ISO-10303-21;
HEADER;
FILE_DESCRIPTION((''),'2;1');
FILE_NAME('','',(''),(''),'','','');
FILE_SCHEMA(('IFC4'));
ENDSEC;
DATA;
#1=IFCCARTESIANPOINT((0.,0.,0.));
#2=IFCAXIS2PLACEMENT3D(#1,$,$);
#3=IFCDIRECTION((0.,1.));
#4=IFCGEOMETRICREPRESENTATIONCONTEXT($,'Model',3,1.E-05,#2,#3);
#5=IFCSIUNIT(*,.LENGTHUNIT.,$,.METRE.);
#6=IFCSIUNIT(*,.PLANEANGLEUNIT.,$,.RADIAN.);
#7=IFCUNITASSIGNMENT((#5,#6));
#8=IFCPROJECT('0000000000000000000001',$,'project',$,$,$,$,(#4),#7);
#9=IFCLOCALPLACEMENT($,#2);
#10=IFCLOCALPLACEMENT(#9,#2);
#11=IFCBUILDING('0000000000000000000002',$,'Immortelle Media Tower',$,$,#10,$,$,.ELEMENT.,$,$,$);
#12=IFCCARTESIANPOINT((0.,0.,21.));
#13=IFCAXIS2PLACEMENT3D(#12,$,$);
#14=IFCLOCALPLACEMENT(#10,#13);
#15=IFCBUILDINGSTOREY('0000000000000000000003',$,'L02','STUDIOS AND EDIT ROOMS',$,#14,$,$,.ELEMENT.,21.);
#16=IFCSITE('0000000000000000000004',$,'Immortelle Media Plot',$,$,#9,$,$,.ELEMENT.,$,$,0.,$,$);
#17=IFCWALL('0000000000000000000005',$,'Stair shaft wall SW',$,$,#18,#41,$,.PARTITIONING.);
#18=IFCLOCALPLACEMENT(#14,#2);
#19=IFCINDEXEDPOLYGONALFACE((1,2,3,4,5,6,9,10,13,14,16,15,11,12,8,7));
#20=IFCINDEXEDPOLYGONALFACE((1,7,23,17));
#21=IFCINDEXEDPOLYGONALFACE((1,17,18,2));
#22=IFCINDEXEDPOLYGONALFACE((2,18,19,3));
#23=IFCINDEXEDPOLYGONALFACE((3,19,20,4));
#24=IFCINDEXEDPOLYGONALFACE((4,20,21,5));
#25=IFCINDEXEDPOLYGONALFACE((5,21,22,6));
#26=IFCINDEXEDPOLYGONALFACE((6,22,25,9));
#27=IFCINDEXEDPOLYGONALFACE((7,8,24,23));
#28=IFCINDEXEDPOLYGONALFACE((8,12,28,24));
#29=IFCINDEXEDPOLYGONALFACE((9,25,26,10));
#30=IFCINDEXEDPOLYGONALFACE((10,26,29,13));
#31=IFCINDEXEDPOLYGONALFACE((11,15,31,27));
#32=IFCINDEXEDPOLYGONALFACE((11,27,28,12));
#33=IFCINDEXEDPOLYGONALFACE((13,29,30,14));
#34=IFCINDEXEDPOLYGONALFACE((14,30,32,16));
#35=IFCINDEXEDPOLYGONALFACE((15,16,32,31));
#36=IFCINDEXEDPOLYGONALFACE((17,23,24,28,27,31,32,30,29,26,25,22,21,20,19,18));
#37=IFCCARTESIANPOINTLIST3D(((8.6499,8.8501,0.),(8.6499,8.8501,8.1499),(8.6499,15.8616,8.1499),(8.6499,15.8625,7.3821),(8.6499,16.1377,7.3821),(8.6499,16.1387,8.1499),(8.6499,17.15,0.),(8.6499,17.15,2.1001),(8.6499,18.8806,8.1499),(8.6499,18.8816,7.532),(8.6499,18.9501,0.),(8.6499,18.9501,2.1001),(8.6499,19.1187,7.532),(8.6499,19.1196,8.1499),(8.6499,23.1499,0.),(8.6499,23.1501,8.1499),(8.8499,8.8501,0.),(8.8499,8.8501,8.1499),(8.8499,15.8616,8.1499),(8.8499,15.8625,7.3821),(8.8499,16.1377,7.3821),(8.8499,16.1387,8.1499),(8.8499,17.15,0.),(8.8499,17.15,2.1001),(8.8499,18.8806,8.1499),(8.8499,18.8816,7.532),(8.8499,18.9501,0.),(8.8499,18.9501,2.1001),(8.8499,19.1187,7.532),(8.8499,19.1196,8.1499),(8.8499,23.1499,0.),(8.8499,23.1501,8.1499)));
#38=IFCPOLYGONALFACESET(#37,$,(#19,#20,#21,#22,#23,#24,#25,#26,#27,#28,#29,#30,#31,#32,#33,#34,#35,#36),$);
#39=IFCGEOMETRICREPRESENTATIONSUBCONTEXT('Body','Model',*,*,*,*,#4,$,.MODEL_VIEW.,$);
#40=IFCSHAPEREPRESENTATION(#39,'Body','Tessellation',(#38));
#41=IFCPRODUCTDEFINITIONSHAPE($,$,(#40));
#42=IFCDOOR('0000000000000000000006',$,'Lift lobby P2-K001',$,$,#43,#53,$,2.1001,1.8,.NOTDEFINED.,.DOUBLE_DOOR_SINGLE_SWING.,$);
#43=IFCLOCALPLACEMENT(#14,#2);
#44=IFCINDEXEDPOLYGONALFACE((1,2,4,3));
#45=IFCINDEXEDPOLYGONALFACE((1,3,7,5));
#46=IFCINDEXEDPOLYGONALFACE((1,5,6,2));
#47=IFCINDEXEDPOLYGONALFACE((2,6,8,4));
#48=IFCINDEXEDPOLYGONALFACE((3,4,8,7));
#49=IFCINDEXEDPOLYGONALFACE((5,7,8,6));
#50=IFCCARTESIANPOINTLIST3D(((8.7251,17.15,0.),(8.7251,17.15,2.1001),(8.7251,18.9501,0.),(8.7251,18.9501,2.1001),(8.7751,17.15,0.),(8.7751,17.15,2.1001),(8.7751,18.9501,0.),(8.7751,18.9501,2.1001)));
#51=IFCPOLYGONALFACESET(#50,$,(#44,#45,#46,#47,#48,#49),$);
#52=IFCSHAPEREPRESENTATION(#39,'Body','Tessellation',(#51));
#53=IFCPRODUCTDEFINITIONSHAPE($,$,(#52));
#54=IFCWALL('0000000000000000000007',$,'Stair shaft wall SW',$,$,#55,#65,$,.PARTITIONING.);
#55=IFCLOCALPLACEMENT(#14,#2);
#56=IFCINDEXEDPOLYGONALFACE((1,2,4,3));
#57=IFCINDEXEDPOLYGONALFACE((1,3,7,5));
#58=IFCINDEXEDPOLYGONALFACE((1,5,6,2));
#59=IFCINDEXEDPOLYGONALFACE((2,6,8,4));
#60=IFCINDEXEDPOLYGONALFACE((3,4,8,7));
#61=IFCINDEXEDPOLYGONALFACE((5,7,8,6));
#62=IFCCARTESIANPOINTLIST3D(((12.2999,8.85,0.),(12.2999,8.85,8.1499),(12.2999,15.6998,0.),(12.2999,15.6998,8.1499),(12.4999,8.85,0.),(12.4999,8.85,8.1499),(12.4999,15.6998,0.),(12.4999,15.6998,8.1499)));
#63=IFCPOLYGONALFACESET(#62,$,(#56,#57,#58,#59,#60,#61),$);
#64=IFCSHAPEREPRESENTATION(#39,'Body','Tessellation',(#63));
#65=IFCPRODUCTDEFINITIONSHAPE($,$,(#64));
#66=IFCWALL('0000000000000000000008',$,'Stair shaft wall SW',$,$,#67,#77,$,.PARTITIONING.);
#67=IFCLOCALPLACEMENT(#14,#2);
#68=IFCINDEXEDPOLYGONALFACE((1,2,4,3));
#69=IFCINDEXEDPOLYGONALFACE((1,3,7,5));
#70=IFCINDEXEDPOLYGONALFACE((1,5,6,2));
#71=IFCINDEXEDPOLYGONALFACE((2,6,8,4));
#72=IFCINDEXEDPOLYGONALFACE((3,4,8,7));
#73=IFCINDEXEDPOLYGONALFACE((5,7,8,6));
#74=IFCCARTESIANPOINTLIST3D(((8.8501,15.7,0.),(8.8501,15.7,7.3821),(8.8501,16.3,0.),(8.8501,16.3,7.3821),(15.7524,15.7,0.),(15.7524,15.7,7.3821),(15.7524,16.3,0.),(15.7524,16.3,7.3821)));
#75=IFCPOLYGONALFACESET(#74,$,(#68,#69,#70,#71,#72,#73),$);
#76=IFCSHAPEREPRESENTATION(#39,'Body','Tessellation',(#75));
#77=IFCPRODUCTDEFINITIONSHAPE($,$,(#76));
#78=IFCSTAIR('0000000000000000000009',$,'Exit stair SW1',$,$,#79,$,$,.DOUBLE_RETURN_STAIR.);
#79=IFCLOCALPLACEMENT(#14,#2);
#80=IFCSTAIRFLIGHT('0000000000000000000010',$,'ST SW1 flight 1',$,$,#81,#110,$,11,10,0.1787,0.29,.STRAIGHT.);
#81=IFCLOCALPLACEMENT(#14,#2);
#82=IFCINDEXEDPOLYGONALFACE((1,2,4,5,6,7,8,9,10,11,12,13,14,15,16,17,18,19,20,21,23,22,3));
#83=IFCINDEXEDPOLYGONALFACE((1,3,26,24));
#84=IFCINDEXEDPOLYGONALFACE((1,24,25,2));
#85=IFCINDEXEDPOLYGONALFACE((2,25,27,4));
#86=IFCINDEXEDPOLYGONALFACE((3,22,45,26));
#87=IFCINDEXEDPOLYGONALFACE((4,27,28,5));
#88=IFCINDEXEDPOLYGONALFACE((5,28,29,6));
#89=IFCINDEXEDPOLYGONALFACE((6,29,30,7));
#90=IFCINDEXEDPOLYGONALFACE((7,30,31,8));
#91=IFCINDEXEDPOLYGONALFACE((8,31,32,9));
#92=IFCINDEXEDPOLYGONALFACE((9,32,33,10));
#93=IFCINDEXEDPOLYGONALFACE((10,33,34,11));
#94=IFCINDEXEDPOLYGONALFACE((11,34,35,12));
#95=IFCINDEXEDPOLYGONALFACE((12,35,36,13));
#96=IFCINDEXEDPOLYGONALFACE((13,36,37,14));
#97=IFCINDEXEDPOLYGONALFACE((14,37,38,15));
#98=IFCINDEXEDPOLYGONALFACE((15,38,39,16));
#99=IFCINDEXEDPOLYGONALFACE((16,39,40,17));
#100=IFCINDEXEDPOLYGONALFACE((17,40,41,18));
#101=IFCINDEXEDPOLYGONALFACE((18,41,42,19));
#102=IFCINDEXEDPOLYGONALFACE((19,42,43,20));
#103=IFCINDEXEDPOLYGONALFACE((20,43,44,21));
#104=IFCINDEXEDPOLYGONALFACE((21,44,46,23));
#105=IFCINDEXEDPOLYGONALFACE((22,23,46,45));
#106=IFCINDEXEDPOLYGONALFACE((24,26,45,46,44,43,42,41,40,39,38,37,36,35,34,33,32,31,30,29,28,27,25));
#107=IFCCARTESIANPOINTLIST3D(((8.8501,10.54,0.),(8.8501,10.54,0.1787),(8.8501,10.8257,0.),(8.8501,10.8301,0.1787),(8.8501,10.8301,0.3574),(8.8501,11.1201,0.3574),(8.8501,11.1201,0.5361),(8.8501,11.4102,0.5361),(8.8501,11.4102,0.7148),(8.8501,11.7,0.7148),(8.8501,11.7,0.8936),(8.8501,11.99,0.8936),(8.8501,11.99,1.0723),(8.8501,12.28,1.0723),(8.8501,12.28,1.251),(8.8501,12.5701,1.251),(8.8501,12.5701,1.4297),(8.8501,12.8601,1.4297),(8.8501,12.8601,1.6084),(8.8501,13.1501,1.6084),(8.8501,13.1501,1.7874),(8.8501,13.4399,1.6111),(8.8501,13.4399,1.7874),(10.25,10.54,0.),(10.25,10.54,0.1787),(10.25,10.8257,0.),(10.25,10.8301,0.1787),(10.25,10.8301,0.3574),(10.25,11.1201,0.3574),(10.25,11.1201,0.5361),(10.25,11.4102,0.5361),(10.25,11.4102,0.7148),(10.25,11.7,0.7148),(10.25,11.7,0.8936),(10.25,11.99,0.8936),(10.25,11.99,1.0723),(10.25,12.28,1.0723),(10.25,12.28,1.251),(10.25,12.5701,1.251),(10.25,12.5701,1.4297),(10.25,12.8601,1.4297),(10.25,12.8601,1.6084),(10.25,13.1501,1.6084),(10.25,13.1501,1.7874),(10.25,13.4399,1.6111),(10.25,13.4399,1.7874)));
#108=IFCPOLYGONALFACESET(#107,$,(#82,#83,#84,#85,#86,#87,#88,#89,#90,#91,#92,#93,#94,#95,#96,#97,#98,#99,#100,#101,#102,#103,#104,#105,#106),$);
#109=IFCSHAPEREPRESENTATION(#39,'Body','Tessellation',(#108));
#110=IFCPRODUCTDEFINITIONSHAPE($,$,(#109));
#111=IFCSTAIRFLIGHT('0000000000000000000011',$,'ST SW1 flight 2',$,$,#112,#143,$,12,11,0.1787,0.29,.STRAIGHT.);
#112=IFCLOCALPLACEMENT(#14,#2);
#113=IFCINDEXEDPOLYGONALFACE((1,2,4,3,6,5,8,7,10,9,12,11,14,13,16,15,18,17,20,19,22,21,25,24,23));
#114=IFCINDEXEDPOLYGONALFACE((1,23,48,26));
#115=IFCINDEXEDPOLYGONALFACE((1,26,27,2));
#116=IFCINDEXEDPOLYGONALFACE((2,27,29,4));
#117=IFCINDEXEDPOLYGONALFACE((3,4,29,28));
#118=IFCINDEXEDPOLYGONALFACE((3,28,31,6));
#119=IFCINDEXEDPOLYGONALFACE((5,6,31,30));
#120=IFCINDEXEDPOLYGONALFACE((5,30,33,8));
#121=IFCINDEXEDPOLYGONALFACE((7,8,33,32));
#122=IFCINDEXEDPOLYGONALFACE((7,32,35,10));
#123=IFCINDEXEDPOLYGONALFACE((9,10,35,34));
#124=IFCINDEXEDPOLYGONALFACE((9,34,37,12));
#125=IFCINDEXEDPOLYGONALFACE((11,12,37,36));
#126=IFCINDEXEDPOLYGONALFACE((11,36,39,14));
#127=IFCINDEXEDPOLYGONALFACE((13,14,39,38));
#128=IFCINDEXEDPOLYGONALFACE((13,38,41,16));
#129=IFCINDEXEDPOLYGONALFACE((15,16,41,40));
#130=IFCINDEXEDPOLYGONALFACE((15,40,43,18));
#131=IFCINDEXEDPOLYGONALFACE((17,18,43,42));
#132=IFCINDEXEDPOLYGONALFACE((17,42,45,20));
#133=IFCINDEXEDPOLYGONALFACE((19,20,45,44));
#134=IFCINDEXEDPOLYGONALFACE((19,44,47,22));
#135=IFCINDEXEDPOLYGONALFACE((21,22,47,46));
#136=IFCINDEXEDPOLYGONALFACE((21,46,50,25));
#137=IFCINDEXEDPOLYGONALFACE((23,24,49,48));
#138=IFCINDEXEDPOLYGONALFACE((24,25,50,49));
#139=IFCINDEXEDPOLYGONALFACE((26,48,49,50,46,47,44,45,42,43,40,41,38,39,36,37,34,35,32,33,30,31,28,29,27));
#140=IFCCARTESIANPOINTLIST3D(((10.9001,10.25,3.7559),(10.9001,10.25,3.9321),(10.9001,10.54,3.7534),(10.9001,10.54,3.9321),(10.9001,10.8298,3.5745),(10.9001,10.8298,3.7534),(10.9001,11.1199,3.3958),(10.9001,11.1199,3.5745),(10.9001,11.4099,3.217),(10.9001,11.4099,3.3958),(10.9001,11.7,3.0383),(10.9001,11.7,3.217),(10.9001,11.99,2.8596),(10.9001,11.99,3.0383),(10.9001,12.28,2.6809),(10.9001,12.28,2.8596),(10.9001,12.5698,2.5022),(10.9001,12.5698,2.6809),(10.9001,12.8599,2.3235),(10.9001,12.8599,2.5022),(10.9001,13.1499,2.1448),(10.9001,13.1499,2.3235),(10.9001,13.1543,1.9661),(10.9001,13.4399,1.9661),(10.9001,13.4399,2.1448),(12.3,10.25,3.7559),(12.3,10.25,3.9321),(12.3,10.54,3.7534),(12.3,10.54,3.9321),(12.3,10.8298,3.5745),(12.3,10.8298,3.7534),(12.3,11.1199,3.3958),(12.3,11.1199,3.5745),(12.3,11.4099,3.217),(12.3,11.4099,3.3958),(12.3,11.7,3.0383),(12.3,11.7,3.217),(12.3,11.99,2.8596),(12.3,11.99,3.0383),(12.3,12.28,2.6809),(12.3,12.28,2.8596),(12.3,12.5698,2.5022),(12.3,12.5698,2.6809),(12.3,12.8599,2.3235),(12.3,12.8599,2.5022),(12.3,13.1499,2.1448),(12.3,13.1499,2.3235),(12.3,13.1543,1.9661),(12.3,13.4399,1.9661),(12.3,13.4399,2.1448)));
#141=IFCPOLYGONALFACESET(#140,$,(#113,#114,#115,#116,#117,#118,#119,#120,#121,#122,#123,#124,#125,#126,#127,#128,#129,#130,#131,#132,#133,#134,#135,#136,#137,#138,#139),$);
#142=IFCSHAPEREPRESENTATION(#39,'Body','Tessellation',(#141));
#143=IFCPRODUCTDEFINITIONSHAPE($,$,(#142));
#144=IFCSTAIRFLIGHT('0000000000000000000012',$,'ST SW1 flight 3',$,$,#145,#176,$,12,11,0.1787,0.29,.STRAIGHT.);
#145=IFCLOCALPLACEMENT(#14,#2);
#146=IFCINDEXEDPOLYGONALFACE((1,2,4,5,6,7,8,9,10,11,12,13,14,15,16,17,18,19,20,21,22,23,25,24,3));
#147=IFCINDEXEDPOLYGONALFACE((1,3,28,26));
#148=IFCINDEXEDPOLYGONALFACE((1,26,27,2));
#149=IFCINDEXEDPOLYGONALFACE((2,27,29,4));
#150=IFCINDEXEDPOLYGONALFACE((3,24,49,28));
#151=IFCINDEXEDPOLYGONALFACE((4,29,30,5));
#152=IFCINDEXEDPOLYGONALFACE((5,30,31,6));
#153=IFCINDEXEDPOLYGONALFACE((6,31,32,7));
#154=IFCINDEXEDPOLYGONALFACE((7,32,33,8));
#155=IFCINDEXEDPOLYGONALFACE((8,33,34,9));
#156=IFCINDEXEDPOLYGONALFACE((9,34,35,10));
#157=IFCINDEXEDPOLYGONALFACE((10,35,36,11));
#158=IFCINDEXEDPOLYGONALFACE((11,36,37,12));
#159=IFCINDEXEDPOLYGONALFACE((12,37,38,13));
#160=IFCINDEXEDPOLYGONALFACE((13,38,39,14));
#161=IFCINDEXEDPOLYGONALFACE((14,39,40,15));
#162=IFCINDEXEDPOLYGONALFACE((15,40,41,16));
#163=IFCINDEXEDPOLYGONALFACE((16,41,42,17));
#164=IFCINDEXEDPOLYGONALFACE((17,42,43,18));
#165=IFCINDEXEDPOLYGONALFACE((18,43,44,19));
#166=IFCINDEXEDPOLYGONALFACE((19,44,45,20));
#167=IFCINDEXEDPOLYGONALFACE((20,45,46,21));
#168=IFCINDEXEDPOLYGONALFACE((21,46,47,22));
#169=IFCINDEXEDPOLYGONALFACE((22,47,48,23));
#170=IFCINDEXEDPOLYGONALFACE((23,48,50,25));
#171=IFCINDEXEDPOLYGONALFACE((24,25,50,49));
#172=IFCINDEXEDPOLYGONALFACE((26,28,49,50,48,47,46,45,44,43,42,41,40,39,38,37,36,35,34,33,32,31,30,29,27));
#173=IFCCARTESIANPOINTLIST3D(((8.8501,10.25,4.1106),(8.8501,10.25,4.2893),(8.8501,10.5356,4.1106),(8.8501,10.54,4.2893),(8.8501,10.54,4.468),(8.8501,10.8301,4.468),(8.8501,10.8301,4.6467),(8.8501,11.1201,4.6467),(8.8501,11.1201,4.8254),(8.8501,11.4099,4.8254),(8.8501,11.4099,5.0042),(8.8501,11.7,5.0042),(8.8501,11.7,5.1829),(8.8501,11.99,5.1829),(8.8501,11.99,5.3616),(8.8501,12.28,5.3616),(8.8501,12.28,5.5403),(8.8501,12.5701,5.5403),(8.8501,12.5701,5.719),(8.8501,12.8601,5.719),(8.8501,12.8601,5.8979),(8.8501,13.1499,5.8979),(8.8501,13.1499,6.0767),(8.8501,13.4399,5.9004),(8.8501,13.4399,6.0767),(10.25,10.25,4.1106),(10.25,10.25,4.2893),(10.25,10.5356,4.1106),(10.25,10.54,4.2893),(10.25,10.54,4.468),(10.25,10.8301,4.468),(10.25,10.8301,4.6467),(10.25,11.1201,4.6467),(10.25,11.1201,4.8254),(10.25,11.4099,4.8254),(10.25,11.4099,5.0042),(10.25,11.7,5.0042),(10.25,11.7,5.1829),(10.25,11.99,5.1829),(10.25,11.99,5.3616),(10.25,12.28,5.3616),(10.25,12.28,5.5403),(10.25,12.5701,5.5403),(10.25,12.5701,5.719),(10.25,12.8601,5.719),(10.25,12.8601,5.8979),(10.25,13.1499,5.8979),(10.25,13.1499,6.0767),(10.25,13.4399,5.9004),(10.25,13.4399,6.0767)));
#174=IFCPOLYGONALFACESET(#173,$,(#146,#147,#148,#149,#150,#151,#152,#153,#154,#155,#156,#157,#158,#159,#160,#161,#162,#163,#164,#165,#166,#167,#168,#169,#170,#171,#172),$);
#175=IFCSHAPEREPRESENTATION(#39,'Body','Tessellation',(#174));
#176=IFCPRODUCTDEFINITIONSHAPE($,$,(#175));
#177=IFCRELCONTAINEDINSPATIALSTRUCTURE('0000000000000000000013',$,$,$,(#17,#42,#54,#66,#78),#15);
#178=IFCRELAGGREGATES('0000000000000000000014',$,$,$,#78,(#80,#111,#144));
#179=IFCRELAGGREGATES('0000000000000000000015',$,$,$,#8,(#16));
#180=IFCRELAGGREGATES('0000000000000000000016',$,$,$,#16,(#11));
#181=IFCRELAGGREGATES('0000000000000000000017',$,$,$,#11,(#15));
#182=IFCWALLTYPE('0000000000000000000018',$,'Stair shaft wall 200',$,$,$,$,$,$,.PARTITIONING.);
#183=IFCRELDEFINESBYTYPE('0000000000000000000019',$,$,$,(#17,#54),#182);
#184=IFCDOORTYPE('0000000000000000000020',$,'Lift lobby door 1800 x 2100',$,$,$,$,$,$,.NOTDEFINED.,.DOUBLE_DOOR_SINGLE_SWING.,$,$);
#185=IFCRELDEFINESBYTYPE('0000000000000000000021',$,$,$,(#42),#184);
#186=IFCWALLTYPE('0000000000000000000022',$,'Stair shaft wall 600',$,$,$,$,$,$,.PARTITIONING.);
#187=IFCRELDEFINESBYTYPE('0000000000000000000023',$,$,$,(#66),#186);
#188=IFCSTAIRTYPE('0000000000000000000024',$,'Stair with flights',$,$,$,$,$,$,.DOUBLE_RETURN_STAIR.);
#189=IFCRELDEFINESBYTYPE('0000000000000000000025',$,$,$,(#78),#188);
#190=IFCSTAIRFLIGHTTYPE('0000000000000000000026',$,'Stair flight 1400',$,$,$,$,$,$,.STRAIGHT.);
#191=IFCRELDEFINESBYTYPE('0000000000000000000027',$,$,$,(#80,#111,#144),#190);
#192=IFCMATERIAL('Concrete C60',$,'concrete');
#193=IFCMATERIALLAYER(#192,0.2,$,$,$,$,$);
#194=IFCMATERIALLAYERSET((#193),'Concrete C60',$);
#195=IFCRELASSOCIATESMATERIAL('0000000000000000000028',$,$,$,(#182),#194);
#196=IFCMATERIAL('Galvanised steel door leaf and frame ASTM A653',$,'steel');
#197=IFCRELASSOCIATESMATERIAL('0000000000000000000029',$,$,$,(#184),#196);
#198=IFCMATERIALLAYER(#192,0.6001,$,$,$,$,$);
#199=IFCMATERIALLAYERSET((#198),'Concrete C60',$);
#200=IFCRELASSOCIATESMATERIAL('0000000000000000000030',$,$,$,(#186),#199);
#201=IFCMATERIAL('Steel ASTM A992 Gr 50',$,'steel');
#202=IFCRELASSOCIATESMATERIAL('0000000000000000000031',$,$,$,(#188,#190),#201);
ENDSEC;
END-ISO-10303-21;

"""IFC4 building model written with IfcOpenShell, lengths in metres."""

from ifc_helpers import new_model, si_unit, direction, frame, frame_2d, origin, place, context, subcontext, project, spatial, polyline, rectangle, outline, extrude, material, layer, layer_set, type_object, element, fill, aggregate, save


model = new_model("IFC4")

# Units and contexts
model_context = context("Model", 3, precision=1e-05, world=origin(), true_north=direction((0.0, 1.0)))
body_context = subcontext(model_context, "Body", "Model", "MODEL_VIEW")
ifc_project = project(units=[si_unit("LENGTHUNIT", "METRE"), si_unit("PLANEANGLEUNIT", "RADIAN")], contexts=[model_context])

# Site, building, storey
site_placement = place(None, origin())
site = spatial("IfcSite", under=ifc_project, at=site_placement, Name="Immortelle Media Plot", CompositionType="ELEMENT", RefElevation=0.0)
building_placement = place(site_placement, origin())
building = spatial("IfcBuilding", under=site, at=building_placement, Name="Immortelle Media Tower", CompositionType="ELEMENT")
storey_placement = place(building_placement, frame((0.0, 0.0, 21.0)))
storey = spatial("IfcBuildingStorey", under=building, at=storey_placement, Name="L02", Description="STUDIOS AND EDIT ROOMS", CompositionType="ELEMENT", Elevation=21.0)

# Shared definitions
ifc_material_1 = material(Name="Steel ASTM A992 Gr 50", Category="steel")

# Shared definitions
ifc_material_2 = material(Name="Concrete C60", Category="concrete")
ifc_layer_1 = layer(ifc_material_2, 0.2)
ifc_layer_set_1 = layer_set([ifc_layer_1], Name="Concrete C60")
wall_type_1 = type_object("IfcWallType", Name="Stair shaft wall 200", PredefinedType="PARTITIONING", material=ifc_layer_set_1)
ifc_material_3 = material(Name="Galvanised steel door leaf and frame ASTM A653", Category="steel")

# Wall, opening, door
wall_1_placement = place(storey_placement, frame((8.75, 8.8501, 0.0), z_axis=(0.0, 0.0, 1.0), x_axis=(0.0, 1.0, 0.0)))
wall_1 = element("IfcWall", 1, at=wall_1_placement, inside=storey, type_object=wall_type_1, Name="Stair shaft wall SW", PredefinedType="PARTITIONING", context=body_context, shape_type="SweptSolid", body=[
    extrude(outline(polyline([(0.0, 0.0), (14.2998, 0.0), (14.3, 8.1499), (10.2695, 8.1499), (10.2686, 7.532), (10.0315, 7.532), (10.0305, 8.1499), (7.2886, 8.1499), (7.2876, 7.3821), (7.0125, 7.3821), (7.0115, 8.1499), (0.0, 8.1499), (0.0, 0.0)])), frame((0.0, 0.1001, 0.0), z_axis=(0.0, -1.0, 0.0), x_axis=(1.0, 0.0, 0.0)), (0.0, 0.0, 1.0), 0.2),
])
opening_1_placement = place(wall_1_placement, frame((8.3, 0.0, 0.0)))
opening_1 = element("IfcOpeningElement", 2, at=opening_1_placement, cuts=wall_1, PredefinedType="OPENING", context=body_context, shape_type="SweptSolid", body=[
    extrude(rectangle(XDim=1.8, YDim=2.1001, at=frame_2d((0.8999, 1.05))), frame((0.0, 0.1099, 0.0), z_axis=(0.0, -1.0, 0.0), x_axis=(1.0, 0.0, 0.0)), (0.0, 0.0, 1.0), 0.22),
])
door_type_1 = type_object("IfcDoorType", Name="Lift lobby door 1800 x 2100", OperationType="DOUBLE_DOOR_SINGLE_SWING", PredefinedType="NOTDEFINED", material=ifc_material_3)
door_1_placement = place(opening_1_placement, origin())
door_1 = element("IfcDoor", 3, at=door_1_placement, inside=storey, type_object=door_type_1, Name="Lift lobby P2-K001", OperationType="DOUBLE_DOOR_SINGLE_SWING", OverallHeight=2.1001, OverallWidth=1.8, PredefinedType="NOTDEFINED", context=body_context, shape_type="SweptSolid", body=[
    extrude(rectangle(XDim=1.8, YDim=2.1001, at=frame_2d((0.8999, 1.05))), frame((0.0, 0.0249, 0.0), z_axis=(0.0, -1.0, 0.0), x_axis=(1.0, 0.0, 0.0)), (0.0, 0.0, 1.0), 0.05),
])
fill(opening_1, door_1)

# Walls
wall_2_placement = place(storey_placement, frame((12.3999, 8.8501, 0.0), z_axis=(0.0, 0.0, 1.0), x_axis=(0.0, 1.0, 0.0)))
element("IfcWall", 4, at=wall_2_placement, inside=storey, type_object=wall_type_1, Name="Stair shaft wall SW", PredefinedType="PARTITIONING", context=body_context, shape_type="SweptSolid", body=[
    extrude(rectangle(XDim=6.8499, YDim=0.2, at=frame_2d((3.4248, 0.0))), origin(), (0.0, 0.0, 1.0), 8.1499),
])
ifc_layer_2 = layer(ifc_material_2, 0.6001)
ifc_layer_set_2 = layer_set([ifc_layer_2], Name="Concrete C60")
wall_type_2 = type_object("IfcWallType", Name="Stair shaft wall 600", PredefinedType="PARTITIONING", material=ifc_layer_set_2)
wall_3_placement = place(storey_placement, frame((8.8501, 16.0, 0.0), z_axis=(0.0, 0.0, 1.0), x_axis=(1.0, 0.0, 0.0)))
element("IfcWall", 5, at=wall_3_placement, inside=storey, type_object=wall_type_2, Name="Stair shaft wall SW", PredefinedType="PARTITIONING", context=body_context, shape_type="SweptSolid", body=[
    extrude(rectangle(XDim=6.9023, YDim=0.6001, at=frame_2d((3.4512, 0.0))), origin(), (0.0, 0.0, 1.0), 7.3821),
])

# Stair, stair flights
stair_type = type_object("IfcStairType", Name="Stair with flights", PredefinedType="DOUBLE_RETURN_STAIR", material=ifc_material_1)
stair_1_placement = place(storey_placement, origin())
stair_1 = element("IfcStair", 6, at=stair_1_placement, inside=storey, type_object=stair_type, Name="Exit stair SW1", PredefinedType="DOUBLE_RETURN_STAIR")
stair_flight_type = type_object("IfcStairFlightType", Name="Stair flight 1400", PredefinedType="STRAIGHT", material=ifc_material_1)
stair_flight_1_placement = place(storey_placement, frame((9.55, 10.54, 0.0), z_axis=(0.0, 0.0, 1.0), x_axis=(0.0, 1.0, 0.0)))
stair_flight_1 = element("IfcStairFlight", 7, at=stair_flight_1_placement, type_object=stair_flight_type, Name="ST SW1 flight 1", NumberOfRisers=11, NumberOfTreads=10, PredefinedType="STRAIGHT", RiserHeight=0.1787, TreadLength=0.29, context=body_context, shape_type="SweptSolid", body=[
    extrude(outline(polyline([(0.0, 0.0), (0.0, 0.1787), (0.29, 0.1787), (0.29, 0.3574), (0.5801, 0.3574), (0.5801, 0.5361), (0.8701, 0.5361), (0.8701, 0.7148), (1.1599, 0.7148), (1.1599, 0.8936), (1.45, 0.8936), (1.45, 1.0723), (1.74, 1.0723), (1.74, 1.251), (2.03, 1.251), (2.03, 1.4297), (2.3201, 1.4297), (2.3201, 1.6084), (2.6101, 1.6084), (2.6101, 1.7874), (2.8999, 1.7874), (2.8999, 1.9661), (2.8999, 1.6111), (0.2856, 0.0), (0.0, 0.0)])), frame((0.0, 0.7, 0.0), z_axis=(0.0, -1.0, 0.0), x_axis=(1.0, 0.0, 0.0)), (0.0, 0.0, 1.0), 1.3999),
])
stair_flight_2_placement = place(storey_placement, frame((11.6001, 13.4399, 1.9661), z_axis=(0.0, 0.0, 1.0), x_axis=(0.0, -1.0, 0.0)))
stair_flight_2 = element("IfcStairFlight", 8, at=stair_flight_2_placement, type_object=stair_flight_type, Name="ST SW1 flight 2", NumberOfRisers=12, NumberOfTreads=11, PredefinedType="STRAIGHT", RiserHeight=0.1787, TreadLength=0.29, context=body_context, shape_type="SweptSolid", body=[
    extrude(outline(polyline([(0.0, 0.0), (0.0, 0.1787), (0.29, 0.1787), (0.29, 0.3574), (0.5801, 0.3574), (0.5801, 0.5361), (0.8701, 0.5361), (0.8701, 0.7148), (1.1599, 0.7148), (1.1599, 0.8936), (1.45, 0.8936), (1.45, 1.0723), (1.74, 1.0723), (1.74, 1.251), (2.03, 1.251), (2.03, 1.4297), (2.3201, 1.4297), (2.3201, 1.6084), (2.6101, 1.6084), (2.6101, 1.7874), (2.8999, 1.7874), (2.8999, 1.9661), (3.1899, 1.9661), (3.1899, 2.1448), (3.1899, 1.7898), (0.2856, 0.0), (0.0, 0.0)])), frame((0.0, 0.7, 0.0), z_axis=(0.0, -1.0, 0.0), x_axis=(1.0, 0.0, 0.0)), (0.0, 0.0, 1.0), 1.3999),
])
stair_flight_3_placement = place(storey_placement, frame((9.55, 10.25, 4.1106), z_axis=(0.0, 0.0, 1.0), x_axis=(0.0, 1.0, 0.0)))
stair_flight_3 = element("IfcStairFlight", 9, at=stair_flight_3_placement, type_object=stair_flight_type, Name="ST SW1 flight 3", NumberOfRisers=12, NumberOfTreads=11, PredefinedType="STRAIGHT", RiserHeight=0.1787, TreadLength=0.29, context=body_context, shape_type="SweptSolid", body=[
    extrude(outline(polyline([(0.0, 0.0), (0.0, 0.1787), (0.29, 0.1787), (0.29, 0.3574), (0.5801, 0.3574), (0.5801, 0.5361), (0.8701, 0.5361), (0.8701, 0.7148), (1.1599, 0.7148), (1.1599, 0.8936), (1.45, 0.8936), (1.45, 1.0723), (1.74, 1.0723), (1.74, 1.251), (2.03, 1.251), (2.03, 1.4297), (2.3201, 1.4297), (2.3201, 1.6084), (2.6101, 1.6084), (2.6101, 1.7874), (2.8999, 1.7874), (2.8999, 1.9661), (3.1899, 1.9661), (3.1899, 2.1448), (3.1899, 1.7898), (0.2856, 0.0), (0.0, 0.0)])), frame((0.0, 0.7, 0.0), z_axis=(0.0, -1.0, 0.0), x_axis=(1.0, 0.0, 0.0)), (0.0, 0.0, 1.0), 1.3999),
])
aggregate(stair_1, [stair_flight_1, stair_flight_2, stair_flight_3])

save(model, "model.ifc")
